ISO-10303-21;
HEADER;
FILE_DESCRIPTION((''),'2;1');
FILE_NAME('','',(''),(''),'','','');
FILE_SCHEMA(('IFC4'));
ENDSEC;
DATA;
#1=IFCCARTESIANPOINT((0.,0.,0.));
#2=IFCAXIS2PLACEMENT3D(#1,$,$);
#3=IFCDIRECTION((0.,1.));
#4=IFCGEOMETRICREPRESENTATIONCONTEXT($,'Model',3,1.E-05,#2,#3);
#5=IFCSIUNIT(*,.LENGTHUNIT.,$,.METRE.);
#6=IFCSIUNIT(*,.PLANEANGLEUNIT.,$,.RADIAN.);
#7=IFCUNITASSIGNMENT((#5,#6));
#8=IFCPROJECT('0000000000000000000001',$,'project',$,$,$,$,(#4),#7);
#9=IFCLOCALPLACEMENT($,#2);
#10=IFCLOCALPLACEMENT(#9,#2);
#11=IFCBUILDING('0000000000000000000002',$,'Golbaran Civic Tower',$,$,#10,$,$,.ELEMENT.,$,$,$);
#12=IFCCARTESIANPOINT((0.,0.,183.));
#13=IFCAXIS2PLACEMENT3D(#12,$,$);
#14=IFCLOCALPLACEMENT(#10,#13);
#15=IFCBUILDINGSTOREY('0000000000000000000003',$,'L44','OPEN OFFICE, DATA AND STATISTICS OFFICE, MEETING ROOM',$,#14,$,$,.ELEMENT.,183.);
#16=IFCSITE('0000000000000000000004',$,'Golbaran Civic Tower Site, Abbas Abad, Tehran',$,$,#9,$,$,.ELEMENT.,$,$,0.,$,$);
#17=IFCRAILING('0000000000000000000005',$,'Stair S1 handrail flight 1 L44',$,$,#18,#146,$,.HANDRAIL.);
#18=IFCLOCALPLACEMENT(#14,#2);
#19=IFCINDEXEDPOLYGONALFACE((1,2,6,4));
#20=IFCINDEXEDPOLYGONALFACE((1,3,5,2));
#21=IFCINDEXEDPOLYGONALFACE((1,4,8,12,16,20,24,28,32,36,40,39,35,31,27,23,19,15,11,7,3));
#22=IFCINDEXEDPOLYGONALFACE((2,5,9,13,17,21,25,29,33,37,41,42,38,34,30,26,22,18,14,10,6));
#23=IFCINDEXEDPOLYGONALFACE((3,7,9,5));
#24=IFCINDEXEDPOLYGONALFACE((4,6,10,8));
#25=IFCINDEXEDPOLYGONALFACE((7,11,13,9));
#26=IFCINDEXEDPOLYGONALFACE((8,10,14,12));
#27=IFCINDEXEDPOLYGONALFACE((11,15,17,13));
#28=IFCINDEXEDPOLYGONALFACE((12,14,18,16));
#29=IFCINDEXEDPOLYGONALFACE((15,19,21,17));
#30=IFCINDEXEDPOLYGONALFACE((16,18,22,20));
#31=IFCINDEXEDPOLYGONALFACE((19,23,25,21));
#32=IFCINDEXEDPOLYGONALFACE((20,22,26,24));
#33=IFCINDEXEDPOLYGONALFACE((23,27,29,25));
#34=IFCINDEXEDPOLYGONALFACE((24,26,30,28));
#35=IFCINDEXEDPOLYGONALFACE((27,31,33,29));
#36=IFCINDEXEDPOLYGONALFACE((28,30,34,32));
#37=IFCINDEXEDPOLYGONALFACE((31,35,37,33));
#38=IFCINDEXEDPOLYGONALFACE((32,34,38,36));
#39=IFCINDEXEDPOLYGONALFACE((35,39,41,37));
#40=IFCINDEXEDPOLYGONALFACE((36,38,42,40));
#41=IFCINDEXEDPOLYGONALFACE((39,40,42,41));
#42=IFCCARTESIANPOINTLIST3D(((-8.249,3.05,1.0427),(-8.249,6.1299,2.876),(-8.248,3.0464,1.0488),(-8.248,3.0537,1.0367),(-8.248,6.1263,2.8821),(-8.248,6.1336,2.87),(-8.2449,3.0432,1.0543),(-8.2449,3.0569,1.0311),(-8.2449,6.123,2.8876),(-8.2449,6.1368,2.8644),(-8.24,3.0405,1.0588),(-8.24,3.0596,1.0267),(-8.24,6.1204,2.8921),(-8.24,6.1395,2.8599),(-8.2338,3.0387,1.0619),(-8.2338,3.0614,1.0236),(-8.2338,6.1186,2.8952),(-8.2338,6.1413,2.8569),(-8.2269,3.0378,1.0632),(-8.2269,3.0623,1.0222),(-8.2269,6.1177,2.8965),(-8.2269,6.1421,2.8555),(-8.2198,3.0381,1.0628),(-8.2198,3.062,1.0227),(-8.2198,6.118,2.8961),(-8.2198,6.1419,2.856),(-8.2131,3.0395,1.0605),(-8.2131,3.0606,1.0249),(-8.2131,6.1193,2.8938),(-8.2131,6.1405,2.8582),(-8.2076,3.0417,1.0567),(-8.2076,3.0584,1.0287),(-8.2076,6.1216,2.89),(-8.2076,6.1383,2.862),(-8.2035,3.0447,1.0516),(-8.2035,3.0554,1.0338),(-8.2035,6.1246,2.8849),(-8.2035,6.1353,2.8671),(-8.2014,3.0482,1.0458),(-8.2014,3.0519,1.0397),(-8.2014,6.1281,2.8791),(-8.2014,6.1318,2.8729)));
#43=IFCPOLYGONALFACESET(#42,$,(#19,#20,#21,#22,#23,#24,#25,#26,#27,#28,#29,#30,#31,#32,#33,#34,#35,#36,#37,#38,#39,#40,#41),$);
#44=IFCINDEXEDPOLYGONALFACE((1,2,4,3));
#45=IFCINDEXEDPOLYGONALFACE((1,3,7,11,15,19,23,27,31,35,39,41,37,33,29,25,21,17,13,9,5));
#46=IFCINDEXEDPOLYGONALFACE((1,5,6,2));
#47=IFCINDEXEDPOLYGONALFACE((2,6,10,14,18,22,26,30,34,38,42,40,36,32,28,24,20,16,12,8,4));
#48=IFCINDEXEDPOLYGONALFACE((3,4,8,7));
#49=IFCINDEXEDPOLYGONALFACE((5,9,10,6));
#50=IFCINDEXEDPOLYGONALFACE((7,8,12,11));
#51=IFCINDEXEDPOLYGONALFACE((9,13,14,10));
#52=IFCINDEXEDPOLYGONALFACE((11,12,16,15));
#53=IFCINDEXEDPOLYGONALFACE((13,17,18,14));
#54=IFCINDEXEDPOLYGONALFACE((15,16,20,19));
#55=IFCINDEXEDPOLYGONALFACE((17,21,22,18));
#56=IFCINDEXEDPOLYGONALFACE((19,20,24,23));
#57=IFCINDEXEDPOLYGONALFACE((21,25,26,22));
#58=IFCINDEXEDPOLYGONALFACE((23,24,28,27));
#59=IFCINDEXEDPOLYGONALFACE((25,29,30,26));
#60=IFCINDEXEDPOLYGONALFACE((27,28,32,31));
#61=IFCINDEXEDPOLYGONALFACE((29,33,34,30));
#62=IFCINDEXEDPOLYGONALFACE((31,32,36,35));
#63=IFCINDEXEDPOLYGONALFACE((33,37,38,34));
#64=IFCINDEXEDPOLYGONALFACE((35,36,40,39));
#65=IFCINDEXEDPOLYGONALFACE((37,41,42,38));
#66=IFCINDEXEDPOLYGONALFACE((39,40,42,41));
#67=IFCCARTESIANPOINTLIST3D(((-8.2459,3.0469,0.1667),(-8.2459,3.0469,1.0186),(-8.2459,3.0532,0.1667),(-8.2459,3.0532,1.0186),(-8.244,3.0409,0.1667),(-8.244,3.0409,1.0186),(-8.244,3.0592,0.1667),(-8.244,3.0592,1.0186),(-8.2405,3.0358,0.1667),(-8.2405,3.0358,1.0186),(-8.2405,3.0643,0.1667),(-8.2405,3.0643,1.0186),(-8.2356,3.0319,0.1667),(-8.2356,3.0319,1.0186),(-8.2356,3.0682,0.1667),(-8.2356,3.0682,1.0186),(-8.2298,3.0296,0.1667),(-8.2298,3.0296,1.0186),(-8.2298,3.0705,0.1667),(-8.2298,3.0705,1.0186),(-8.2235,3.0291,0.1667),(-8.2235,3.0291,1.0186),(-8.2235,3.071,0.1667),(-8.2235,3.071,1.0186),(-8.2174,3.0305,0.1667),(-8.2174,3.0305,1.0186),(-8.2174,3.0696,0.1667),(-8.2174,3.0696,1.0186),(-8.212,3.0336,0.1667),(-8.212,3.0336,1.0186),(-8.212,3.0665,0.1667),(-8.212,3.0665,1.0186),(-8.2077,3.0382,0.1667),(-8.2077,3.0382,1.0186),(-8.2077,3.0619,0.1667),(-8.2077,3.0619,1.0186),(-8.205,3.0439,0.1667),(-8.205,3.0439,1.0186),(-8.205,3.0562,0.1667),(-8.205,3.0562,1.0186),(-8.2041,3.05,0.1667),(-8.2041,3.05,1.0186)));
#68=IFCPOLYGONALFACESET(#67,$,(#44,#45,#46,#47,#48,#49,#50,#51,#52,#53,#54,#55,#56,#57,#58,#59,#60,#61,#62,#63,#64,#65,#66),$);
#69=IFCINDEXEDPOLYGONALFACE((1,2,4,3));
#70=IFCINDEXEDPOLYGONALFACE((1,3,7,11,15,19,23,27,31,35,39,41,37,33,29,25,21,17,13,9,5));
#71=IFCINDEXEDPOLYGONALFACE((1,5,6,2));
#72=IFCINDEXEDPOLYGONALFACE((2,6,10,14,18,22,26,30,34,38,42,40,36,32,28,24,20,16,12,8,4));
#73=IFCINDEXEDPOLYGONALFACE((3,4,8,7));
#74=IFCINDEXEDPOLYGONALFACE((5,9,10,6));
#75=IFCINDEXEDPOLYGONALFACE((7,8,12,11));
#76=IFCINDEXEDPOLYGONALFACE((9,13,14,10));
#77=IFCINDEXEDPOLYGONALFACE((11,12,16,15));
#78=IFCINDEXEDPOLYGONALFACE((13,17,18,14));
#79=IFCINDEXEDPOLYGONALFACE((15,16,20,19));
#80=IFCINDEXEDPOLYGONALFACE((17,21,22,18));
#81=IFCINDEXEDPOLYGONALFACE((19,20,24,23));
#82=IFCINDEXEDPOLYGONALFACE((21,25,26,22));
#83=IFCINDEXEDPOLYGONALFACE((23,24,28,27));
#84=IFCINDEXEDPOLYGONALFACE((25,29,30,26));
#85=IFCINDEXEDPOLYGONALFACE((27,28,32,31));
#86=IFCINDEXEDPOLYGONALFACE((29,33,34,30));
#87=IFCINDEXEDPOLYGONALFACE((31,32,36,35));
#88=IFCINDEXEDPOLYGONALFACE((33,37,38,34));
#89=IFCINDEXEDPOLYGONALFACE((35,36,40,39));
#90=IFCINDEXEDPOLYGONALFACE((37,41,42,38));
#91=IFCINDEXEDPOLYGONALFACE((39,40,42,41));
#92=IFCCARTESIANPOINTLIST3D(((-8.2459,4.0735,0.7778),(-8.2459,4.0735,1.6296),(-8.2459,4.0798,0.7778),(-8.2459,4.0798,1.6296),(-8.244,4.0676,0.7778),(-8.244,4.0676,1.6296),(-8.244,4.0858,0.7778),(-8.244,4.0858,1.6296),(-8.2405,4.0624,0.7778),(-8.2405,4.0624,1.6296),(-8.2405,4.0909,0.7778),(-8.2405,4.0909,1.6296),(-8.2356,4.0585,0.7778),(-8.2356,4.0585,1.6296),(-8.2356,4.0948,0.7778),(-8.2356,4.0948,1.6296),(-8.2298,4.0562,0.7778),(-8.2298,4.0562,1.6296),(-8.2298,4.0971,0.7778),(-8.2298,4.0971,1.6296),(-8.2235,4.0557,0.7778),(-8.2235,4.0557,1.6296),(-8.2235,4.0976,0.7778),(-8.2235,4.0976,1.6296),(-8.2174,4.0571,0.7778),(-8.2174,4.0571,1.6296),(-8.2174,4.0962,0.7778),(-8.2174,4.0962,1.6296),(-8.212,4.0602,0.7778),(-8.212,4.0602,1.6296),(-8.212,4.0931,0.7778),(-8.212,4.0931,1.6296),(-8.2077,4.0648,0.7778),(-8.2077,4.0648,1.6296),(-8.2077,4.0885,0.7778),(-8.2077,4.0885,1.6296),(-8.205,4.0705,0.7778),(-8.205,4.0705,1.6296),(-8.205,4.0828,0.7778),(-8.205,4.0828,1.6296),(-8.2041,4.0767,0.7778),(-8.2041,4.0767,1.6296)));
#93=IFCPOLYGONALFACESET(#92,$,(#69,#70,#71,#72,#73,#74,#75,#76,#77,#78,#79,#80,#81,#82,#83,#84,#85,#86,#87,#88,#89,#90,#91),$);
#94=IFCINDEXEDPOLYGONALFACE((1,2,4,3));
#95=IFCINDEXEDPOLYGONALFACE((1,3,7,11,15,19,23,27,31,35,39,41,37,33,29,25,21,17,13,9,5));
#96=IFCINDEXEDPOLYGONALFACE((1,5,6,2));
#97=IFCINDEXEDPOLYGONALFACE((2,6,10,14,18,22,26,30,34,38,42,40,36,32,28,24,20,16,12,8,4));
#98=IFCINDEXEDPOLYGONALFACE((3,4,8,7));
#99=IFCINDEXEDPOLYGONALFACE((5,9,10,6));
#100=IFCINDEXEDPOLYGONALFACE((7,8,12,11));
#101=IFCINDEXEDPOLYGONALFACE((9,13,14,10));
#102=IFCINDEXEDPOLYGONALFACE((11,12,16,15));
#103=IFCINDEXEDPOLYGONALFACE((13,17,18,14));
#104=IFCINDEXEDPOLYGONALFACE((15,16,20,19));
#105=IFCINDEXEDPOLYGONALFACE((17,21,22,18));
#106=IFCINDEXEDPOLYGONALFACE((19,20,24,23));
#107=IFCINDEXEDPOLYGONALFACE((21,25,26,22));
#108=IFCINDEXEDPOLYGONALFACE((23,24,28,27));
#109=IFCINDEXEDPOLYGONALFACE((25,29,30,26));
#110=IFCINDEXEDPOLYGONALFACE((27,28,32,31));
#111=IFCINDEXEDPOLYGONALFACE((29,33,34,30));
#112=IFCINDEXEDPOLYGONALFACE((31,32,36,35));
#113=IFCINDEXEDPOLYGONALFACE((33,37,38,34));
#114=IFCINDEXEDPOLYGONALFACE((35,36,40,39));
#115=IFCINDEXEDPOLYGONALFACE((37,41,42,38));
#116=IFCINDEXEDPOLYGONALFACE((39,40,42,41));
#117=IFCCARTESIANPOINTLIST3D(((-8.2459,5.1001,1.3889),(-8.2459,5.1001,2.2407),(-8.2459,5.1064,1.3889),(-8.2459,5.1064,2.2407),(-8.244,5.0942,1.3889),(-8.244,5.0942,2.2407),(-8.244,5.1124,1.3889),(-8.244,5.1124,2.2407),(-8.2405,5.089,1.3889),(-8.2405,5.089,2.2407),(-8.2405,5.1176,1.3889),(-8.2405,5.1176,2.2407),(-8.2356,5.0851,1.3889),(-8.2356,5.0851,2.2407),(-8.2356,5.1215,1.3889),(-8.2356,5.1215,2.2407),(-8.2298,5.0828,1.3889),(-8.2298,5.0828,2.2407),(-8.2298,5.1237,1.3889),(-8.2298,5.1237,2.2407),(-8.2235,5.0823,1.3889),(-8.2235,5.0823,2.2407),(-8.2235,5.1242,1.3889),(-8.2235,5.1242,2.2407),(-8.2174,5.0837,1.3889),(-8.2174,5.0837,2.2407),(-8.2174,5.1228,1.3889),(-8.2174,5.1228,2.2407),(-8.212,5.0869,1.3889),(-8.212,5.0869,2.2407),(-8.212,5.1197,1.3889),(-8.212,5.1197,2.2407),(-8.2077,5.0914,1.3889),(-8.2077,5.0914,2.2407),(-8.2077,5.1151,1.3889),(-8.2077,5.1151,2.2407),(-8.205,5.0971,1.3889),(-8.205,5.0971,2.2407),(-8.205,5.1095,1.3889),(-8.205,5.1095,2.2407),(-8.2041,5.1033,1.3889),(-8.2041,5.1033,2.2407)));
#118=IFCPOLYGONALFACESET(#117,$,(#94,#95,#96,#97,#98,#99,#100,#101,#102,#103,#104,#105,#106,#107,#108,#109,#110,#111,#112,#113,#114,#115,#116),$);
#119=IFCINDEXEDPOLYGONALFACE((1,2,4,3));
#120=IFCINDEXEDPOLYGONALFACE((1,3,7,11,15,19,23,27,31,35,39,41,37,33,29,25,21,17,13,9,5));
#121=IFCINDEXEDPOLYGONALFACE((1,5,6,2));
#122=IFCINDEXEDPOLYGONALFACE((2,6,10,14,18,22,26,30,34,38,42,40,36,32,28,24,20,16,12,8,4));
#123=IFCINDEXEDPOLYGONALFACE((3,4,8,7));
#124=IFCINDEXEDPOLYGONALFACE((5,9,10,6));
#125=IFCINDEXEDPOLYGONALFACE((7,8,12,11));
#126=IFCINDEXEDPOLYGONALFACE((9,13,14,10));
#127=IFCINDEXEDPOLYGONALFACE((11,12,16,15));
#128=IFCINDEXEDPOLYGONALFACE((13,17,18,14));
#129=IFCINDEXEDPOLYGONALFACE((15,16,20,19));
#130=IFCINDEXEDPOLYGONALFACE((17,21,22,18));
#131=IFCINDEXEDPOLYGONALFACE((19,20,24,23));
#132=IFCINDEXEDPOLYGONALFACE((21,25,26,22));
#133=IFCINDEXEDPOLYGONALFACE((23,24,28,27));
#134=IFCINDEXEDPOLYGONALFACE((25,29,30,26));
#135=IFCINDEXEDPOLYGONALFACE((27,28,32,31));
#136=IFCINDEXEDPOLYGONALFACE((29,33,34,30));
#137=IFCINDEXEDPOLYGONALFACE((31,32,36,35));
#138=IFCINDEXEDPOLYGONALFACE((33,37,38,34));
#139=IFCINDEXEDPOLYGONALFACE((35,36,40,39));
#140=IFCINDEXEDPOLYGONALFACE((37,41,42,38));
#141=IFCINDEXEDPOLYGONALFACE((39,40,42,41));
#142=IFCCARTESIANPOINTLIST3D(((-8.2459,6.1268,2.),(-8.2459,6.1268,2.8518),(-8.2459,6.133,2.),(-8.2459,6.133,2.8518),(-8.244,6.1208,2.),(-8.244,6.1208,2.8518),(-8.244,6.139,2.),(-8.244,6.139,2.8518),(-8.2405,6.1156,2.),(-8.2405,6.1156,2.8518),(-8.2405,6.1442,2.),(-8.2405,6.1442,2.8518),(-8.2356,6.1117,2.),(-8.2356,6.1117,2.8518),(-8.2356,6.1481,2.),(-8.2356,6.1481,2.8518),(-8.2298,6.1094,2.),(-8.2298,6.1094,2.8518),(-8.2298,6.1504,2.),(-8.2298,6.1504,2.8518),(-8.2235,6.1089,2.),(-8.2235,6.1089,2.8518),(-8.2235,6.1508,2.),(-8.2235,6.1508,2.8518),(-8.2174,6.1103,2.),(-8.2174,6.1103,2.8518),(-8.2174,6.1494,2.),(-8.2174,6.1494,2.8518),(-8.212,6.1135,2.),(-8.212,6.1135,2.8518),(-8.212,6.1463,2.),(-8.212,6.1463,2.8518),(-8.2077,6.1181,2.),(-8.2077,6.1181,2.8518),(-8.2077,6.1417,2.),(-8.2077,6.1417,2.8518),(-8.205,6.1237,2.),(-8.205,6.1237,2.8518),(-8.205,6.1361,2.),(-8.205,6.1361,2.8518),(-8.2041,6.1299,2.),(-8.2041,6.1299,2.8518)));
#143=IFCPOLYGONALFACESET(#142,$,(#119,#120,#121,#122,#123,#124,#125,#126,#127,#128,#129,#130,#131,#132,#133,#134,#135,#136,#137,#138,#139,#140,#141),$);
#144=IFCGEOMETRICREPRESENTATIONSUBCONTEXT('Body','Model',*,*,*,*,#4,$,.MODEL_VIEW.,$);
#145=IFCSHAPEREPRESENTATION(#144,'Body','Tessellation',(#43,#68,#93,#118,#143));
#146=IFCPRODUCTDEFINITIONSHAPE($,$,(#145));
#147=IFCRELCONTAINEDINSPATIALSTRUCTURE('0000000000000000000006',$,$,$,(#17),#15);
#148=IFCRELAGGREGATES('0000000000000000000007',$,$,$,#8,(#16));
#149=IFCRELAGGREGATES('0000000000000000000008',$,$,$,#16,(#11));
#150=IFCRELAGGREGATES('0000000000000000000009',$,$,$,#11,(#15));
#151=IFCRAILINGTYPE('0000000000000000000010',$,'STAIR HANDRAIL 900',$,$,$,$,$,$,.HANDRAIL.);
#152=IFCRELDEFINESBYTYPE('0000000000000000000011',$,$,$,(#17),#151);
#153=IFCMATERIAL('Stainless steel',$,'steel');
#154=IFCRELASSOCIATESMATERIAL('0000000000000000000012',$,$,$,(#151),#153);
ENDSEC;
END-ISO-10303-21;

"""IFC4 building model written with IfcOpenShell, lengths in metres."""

from ifc_helpers import new_model, si_unit, direction, frame, origin, origin_2d, place, context, subcontext, project, spatial, circle, extrude, material, type_object, element, save


model = new_model("IFC4")

# Units and contexts
model_context = context("Model", 3, precision=1e-05, world=origin(), true_north=direction((0.0, 1.0)))
body_context = subcontext(model_context, "Body", "Model", "MODEL_VIEW")
ifc_project = project(units=[si_unit("LENGTHUNIT", "METRE"), si_unit("PLANEANGLEUNIT", "RADIAN")], contexts=[model_context])

# Site, building, storey
site_placement = place(None, origin())
site = spatial("IfcSite", under=ifc_project, at=site_placement, Name="Golbaran Civic Tower Site, Abbas Abad, Tehran", CompositionType="ELEMENT", RefElevation=0.0)
building_placement = place(site_placement, origin())
building = spatial("IfcBuilding", under=site, at=building_placement, Name="Golbaran Civic Tower", CompositionType="ELEMENT")
storey_placement = place(building_placement, frame((0.0, 0.0, 183.0)))
storey = spatial("IfcBuildingStorey", under=building, at=storey_placement, Name="L44", Description="OPEN OFFICE, DATA AND STATISTICS OFFICE, MEETING ROOM", CompositionType="ELEMENT", Elevation=183.0)

# Shared definitions
ifc_material_1 = material(Name="Stainless steel", Category="steel")

# Railing
railing_type = type_object("IfcRailingType", Name="STAIR HANDRAIL 900", PredefinedType="HANDRAIL", material=ifc_material_1)
railing_1_placement = place(storey_placement, frame((-8.2251, 3.05, 0.1667)))
element("IfcRailing", 1, at=railing_1_placement, inside=storey, type_object=railing_type, Name="Stair S1 handrail flight 1 L44", PredefinedType="HANDRAIL", context=body_context, shape_type="SweptSolid", body=[
    extrude(circle(Radius=0.0239, at=origin_2d()), frame((0.0, 0.0, 0.876), z_axis=(0.0, 0.859291, 0.511487), x_axis=(-1.0, 0.0, 0.0)), (0.0, 0.0, 1.0), 3.5842),
    extrude(circle(Radius=0.021, at=origin_2d()), origin(), (0.0, 0.0, 1.0), 0.8518),
    extrude(circle(Radius=0.021, at=origin_2d()), frame((0.0, 1.0266, 0.6111)), (0.0, 0.0, 1.0), 0.8518),
    extrude(circle(Radius=0.021, at=origin_2d()), frame((0.0, 2.0532, 1.2222)), (0.0, 0.0, 1.0), 0.8518),
    extrude(circle(Radius=0.021, at=origin_2d()), frame((0.0, 3.0798, 1.8333)), (0.0, 0.0, 1.0), 0.8518),
])

save(model, "model.ifc")
